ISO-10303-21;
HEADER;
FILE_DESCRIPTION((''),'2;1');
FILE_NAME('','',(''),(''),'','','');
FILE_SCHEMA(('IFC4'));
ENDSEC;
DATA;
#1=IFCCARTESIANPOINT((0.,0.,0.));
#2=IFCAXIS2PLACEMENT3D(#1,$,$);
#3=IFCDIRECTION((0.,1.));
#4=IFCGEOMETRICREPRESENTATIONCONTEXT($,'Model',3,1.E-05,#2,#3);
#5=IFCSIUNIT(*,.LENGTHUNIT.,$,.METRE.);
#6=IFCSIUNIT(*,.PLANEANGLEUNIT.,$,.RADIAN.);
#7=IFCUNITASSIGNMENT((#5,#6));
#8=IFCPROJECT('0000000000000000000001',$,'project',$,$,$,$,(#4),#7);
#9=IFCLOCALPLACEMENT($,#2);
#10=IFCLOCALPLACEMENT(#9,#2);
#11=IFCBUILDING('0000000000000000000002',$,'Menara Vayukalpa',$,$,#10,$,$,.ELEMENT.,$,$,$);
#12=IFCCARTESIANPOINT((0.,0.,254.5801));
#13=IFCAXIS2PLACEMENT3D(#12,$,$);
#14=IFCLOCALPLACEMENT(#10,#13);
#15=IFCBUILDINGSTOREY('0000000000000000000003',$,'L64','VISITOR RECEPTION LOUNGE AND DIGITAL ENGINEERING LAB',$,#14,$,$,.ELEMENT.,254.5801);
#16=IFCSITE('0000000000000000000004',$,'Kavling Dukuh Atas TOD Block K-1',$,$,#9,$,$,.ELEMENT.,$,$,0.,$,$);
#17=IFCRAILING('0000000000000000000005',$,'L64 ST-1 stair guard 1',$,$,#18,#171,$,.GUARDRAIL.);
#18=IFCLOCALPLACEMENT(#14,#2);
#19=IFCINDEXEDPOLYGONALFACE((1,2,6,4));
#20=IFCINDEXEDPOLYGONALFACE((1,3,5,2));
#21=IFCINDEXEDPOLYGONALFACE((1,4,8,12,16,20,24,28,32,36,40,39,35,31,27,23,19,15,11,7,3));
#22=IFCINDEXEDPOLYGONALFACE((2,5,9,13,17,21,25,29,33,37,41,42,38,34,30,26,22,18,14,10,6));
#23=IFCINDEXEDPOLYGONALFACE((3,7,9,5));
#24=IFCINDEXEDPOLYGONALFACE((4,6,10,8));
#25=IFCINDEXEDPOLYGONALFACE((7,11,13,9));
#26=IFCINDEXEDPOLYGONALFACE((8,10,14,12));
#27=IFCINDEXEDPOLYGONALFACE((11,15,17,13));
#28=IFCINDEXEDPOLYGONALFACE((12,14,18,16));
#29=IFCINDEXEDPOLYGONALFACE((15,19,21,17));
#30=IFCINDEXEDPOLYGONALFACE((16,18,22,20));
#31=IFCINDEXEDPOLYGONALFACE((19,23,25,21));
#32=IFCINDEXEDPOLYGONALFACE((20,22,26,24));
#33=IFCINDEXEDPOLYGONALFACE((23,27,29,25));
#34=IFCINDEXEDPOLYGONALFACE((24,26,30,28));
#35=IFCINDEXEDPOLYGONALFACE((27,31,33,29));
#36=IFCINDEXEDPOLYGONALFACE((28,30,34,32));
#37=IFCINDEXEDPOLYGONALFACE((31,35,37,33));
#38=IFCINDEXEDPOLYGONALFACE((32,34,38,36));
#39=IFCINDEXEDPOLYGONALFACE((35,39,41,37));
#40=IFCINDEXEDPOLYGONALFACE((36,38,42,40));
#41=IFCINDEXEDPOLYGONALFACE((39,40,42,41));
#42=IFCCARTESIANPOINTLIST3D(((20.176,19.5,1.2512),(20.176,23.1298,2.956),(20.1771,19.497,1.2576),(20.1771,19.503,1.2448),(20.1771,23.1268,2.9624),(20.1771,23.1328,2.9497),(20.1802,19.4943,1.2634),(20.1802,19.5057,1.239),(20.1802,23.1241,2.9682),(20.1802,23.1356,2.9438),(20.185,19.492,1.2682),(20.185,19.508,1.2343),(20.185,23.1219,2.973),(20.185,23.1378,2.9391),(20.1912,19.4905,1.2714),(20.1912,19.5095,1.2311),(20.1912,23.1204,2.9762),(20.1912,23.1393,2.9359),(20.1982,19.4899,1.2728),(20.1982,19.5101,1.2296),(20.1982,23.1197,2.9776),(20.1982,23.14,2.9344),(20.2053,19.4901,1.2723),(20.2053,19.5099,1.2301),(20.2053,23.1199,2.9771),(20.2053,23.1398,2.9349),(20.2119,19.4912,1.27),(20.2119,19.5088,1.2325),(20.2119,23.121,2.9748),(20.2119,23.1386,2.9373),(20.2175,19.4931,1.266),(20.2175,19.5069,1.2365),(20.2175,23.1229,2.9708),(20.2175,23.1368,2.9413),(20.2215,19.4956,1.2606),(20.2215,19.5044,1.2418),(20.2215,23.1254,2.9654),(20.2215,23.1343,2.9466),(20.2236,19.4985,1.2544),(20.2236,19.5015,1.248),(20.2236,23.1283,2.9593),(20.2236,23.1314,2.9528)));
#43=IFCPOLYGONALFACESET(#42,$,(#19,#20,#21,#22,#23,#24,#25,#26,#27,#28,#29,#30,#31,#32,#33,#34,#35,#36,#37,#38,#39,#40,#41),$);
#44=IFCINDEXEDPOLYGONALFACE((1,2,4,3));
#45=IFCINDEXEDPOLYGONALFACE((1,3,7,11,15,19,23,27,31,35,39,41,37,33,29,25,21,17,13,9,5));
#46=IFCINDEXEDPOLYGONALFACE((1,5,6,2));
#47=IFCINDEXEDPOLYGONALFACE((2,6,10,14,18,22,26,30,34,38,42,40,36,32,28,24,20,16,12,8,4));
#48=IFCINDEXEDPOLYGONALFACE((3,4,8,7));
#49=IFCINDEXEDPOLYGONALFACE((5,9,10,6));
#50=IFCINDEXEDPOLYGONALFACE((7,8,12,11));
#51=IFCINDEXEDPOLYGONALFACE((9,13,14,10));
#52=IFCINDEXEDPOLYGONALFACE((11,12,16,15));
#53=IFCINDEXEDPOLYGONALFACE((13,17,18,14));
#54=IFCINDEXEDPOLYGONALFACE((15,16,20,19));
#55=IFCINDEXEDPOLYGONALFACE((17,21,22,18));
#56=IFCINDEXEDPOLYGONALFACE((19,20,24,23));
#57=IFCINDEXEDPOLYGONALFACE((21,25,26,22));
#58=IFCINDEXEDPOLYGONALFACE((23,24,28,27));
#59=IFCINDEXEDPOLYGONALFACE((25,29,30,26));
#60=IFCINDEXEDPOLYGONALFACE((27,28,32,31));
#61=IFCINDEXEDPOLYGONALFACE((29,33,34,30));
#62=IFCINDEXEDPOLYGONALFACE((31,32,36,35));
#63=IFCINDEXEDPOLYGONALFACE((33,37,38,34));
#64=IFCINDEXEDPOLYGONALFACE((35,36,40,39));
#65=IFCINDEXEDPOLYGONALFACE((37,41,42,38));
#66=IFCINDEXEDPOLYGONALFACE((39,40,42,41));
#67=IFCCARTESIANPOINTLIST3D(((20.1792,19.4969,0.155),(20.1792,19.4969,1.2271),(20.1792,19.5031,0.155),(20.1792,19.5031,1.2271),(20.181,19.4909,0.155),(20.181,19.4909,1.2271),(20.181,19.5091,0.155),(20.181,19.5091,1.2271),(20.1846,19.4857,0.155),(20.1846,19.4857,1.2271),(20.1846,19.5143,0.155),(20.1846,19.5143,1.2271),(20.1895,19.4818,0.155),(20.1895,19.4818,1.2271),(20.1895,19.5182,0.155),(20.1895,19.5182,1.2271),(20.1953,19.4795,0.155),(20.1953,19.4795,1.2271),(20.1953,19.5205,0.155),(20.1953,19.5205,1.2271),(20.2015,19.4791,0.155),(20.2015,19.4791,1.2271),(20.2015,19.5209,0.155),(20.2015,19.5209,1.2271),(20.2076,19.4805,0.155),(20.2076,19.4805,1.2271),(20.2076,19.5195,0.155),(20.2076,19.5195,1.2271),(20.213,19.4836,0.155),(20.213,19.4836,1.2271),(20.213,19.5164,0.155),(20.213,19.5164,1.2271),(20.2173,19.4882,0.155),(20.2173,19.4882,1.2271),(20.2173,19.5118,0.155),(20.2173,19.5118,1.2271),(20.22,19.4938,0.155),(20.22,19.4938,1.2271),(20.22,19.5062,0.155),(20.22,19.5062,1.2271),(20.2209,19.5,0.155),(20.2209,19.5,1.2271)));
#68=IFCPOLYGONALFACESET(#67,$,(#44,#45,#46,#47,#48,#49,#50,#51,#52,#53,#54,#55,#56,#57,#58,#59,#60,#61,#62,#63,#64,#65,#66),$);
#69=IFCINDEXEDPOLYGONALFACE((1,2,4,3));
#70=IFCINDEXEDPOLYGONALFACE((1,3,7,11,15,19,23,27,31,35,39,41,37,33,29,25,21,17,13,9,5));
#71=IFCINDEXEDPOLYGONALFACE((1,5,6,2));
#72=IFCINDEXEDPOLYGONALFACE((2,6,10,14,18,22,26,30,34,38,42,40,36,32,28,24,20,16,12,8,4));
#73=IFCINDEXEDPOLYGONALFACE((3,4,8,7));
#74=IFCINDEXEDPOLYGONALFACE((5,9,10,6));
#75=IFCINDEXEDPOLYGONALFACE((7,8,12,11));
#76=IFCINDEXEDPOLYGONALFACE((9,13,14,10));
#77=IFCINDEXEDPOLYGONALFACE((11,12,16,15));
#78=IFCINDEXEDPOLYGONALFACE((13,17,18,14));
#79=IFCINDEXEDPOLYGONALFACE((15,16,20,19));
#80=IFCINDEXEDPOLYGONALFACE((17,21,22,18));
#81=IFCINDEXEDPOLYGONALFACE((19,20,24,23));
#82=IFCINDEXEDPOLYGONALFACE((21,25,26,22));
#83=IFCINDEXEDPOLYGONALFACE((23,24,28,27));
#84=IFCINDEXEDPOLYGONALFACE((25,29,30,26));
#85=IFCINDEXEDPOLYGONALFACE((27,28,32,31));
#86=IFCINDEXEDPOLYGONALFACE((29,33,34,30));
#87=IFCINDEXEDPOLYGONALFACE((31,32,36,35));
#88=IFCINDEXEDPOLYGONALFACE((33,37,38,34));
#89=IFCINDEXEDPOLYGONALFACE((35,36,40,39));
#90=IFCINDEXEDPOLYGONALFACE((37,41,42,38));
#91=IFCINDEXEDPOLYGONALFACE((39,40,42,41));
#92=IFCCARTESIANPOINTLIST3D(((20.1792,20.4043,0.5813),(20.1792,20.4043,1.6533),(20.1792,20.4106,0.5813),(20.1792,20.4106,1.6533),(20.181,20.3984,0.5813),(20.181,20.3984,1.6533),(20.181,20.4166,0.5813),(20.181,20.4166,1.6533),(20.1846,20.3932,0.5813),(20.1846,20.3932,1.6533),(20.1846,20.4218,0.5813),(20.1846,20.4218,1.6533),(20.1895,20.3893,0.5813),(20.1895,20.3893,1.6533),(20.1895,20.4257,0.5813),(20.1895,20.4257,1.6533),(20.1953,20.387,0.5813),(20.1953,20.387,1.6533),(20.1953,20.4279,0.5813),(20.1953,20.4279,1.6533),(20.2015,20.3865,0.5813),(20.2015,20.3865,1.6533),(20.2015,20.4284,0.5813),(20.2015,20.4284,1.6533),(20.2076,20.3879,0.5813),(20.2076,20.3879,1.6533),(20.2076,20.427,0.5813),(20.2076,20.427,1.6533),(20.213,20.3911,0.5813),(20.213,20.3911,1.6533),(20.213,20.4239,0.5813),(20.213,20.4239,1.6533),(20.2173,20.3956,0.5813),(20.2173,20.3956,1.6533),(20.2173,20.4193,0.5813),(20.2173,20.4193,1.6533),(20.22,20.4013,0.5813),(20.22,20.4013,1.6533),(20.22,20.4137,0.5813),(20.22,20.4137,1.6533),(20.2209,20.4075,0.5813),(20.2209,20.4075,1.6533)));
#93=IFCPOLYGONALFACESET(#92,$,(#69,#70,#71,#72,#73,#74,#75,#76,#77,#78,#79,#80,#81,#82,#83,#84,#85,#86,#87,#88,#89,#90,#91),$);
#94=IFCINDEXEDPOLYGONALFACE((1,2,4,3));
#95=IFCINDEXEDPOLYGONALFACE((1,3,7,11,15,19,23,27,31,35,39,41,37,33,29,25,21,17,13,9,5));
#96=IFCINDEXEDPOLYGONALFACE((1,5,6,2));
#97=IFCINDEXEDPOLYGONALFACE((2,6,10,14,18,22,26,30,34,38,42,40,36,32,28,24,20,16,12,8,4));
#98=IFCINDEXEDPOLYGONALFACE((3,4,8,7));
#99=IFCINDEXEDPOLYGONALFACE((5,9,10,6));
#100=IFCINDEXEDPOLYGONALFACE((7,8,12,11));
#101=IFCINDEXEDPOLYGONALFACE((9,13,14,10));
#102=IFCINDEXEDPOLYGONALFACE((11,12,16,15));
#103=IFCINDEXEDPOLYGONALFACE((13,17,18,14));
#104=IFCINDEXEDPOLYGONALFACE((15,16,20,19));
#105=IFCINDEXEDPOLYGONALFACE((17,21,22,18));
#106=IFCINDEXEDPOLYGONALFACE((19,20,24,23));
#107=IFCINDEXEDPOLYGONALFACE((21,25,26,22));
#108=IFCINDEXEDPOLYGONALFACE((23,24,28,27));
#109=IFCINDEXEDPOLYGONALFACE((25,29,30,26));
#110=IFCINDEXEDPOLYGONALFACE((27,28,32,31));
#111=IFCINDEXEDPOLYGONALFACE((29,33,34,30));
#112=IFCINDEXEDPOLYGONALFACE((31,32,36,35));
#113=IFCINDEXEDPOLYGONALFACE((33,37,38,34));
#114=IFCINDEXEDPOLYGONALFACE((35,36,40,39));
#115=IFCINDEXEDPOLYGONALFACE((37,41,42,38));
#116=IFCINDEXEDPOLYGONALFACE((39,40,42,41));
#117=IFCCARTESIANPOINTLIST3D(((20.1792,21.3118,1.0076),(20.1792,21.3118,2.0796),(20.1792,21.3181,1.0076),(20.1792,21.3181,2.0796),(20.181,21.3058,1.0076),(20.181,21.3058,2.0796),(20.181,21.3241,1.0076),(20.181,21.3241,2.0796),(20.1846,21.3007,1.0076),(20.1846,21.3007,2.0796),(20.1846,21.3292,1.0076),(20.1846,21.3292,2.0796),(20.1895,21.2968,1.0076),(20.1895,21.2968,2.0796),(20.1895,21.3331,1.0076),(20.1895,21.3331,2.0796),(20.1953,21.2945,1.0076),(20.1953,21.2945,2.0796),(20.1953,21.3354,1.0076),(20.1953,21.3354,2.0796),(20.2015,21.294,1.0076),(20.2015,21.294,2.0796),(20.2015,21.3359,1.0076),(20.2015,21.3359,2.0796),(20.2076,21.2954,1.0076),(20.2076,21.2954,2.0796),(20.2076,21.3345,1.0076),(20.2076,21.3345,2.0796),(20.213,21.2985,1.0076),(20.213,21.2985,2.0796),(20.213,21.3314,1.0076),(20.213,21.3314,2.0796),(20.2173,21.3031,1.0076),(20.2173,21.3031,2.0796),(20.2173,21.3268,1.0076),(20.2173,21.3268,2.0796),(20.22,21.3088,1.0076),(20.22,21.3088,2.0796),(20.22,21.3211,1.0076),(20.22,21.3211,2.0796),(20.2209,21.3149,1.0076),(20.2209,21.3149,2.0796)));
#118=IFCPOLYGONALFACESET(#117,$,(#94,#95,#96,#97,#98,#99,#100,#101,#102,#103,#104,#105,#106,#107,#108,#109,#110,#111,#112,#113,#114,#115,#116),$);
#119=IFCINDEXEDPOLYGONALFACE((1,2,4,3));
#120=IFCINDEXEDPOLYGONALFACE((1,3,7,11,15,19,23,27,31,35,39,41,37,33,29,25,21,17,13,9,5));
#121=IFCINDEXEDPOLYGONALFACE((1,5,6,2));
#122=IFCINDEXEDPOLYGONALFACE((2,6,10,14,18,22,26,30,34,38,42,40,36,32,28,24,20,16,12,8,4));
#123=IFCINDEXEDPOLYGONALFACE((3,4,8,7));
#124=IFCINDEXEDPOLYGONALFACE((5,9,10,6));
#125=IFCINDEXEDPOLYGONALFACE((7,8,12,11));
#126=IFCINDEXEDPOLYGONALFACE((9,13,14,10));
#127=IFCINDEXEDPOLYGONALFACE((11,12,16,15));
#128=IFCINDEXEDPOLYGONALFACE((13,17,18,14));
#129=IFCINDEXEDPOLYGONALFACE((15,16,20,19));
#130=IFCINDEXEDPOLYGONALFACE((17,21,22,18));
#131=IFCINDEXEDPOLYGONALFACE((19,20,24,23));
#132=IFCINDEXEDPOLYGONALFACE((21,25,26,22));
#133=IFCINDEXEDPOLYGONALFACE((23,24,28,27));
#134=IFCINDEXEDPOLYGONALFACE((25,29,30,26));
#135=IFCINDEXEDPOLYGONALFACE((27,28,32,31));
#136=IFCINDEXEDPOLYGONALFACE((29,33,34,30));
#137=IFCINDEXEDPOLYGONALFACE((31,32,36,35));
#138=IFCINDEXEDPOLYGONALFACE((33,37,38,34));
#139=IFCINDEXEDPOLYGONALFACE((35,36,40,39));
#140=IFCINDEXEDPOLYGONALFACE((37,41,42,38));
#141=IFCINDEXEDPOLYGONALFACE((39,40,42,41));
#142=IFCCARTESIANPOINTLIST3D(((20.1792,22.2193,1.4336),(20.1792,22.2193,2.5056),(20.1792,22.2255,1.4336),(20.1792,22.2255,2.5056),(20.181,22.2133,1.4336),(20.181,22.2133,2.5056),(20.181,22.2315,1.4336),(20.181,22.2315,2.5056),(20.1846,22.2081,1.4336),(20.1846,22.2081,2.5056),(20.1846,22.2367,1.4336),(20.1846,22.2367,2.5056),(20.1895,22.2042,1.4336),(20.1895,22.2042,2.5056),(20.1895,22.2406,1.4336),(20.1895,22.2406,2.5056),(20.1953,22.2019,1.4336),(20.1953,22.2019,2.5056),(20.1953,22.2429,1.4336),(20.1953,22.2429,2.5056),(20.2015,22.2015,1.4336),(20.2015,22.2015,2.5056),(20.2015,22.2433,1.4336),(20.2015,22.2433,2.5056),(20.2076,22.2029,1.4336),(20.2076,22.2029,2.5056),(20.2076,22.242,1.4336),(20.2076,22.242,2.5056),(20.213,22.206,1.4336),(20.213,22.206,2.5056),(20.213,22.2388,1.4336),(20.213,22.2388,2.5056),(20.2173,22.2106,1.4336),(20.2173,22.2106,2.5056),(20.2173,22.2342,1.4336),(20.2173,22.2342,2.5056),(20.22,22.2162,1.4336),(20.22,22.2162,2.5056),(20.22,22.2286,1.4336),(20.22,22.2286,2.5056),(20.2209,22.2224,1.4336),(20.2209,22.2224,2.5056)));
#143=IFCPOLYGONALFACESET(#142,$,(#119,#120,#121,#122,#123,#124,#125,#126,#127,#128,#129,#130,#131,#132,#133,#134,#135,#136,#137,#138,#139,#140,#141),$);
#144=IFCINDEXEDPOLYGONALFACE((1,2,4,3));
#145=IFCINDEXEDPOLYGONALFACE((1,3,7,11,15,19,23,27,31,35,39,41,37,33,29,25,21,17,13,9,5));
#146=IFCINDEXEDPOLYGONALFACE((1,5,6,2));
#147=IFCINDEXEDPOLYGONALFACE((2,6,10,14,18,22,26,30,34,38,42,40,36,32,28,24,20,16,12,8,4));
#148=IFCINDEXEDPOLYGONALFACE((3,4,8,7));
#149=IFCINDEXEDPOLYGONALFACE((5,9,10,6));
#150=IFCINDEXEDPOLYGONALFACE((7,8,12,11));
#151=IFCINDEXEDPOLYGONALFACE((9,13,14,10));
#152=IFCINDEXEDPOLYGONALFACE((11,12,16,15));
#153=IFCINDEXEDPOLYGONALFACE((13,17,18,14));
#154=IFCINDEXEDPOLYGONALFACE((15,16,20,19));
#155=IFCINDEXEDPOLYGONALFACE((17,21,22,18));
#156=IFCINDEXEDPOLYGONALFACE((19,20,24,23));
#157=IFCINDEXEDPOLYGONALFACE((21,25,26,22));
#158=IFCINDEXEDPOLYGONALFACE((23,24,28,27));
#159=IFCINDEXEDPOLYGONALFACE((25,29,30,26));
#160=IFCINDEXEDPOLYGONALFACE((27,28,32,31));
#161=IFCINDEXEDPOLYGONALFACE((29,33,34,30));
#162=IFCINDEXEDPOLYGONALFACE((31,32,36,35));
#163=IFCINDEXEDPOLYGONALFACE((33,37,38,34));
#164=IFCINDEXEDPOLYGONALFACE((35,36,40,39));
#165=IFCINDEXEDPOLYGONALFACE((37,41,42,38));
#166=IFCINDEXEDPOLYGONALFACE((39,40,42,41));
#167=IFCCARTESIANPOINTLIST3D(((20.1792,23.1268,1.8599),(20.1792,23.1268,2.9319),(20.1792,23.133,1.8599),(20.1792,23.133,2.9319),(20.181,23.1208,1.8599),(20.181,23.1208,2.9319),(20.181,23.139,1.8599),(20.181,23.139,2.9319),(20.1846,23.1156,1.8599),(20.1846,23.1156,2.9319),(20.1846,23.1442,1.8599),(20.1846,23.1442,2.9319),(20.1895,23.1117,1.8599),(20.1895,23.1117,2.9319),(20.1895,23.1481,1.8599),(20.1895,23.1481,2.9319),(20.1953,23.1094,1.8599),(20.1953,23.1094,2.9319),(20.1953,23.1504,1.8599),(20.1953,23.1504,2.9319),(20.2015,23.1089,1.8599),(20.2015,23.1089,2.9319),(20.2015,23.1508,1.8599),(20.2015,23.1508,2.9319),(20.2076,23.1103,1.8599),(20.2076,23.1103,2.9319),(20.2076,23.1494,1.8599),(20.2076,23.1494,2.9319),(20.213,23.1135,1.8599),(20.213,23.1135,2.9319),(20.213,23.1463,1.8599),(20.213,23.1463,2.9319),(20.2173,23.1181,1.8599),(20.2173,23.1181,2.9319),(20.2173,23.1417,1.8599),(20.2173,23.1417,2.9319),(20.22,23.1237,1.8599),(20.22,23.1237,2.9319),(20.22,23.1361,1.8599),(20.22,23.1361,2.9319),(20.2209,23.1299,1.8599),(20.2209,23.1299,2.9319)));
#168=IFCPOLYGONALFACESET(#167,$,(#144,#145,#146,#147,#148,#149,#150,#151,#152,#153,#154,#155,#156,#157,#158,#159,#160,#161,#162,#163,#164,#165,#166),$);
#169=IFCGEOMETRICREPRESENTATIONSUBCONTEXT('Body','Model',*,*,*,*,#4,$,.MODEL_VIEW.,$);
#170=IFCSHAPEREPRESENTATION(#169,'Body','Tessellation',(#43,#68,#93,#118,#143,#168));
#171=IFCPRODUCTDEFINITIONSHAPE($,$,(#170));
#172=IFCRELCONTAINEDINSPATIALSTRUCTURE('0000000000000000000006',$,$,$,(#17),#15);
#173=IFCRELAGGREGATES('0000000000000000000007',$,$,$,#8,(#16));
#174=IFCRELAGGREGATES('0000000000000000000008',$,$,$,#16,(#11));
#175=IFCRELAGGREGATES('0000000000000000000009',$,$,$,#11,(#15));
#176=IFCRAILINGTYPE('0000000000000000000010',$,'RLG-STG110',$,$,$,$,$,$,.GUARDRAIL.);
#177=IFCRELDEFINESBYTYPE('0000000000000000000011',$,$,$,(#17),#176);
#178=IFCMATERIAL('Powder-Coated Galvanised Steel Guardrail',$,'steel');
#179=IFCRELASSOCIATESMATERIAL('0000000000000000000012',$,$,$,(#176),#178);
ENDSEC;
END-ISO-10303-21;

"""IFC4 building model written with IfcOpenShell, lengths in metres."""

from ifc_helpers import new_model, si_unit, direction, frame, origin, origin_2d, place, context, subcontext, project, spatial, circle, extrude, material, type_object, element, save


model = new_model("IFC4")

# Units and contexts
model_context = context("Model", 3, precision=1e-05, world=origin(), true_north=direction((0.0, 1.0)))
body_context = subcontext(model_context, "Body", "Model", "MODEL_VIEW")
ifc_project = project(units=[si_unit("LENGTHUNIT", "METRE"), si_unit("PLANEANGLEUNIT", "RADIAN")], contexts=[model_context])

# Site, building, storey
site_placement = place(None, origin())
site = spatial("IfcSite", under=ifc_project, at=site_placement, Name="Kavling Dukuh Atas TOD Block K-1", CompositionType="ELEMENT", RefElevation=0.0)
building_placement = place(site_placement, origin())
building = spatial("IfcBuilding", under=site, at=building_placement, Name="Menara Vayukalpa", CompositionType="ELEMENT")
storey_placement = place(building_placement, frame((0.0, 0.0, 254.5801)))
storey = spatial("IfcBuildingStorey", under=building, at=storey_placement, Name="L64", Description="VISITOR RECEPTION LOUNGE AND DIGITAL ENGINEERING LAB", CompositionType="ELEMENT", Elevation=254.5801)

# Railing
ifc_material_1 = material(Name="Powder-Coated Galvanised Steel Guardrail", Category="steel")
railing_type_1 = type_object("IfcRailingType", Name="RLG-STG110", PredefinedType="GUARDRAIL", material=ifc_material_1)
railing_1_placement = place(storey_placement, frame((20.2, 19.5, 0.155)))
element("IfcRailing", 1, at=railing_1_placement, inside=storey, type_object=railing_type_1, Name="L64 ST-1 stair guard 1", PredefinedType="GUARDRAIL", context=body_context, shape_type="SweptSolid", body=[
    extrude(circle(Radius=0.0239, at=origin_2d()), frame((0.0, 0.0, 1.0962), z_axis=(0.0, 0.90514, 0.425114), x_axis=(-1.0, 0.0, 0.0)), (0.0, 0.0, 1.0), 4.0103),
    extrude(circle(Radius=0.021, at=origin_2d()), origin(), (0.0, 0.0, 1.0), 1.072),
    extrude(circle(Radius=0.021, at=origin_2d()), frame((0.0, 0.9075, 0.4263)), (0.0, 0.0, 1.0), 1.072),
    extrude(circle(Radius=0.021, at=origin_2d()), frame((0.0, 1.8149, 0.8525)), (0.0, 0.0, 1.0), 1.072),
    extrude(circle(Radius=0.021, at=origin_2d()), frame((0.0, 2.7224, 1.2786)), (0.0, 0.0, 1.0), 1.072),
    extrude(circle(Radius=0.021, at=origin_2d()), frame((0.0, 3.6299, 1.7048)), (0.0, 0.0, 1.0), 1.072),
])

save(model, "model.ifc")
